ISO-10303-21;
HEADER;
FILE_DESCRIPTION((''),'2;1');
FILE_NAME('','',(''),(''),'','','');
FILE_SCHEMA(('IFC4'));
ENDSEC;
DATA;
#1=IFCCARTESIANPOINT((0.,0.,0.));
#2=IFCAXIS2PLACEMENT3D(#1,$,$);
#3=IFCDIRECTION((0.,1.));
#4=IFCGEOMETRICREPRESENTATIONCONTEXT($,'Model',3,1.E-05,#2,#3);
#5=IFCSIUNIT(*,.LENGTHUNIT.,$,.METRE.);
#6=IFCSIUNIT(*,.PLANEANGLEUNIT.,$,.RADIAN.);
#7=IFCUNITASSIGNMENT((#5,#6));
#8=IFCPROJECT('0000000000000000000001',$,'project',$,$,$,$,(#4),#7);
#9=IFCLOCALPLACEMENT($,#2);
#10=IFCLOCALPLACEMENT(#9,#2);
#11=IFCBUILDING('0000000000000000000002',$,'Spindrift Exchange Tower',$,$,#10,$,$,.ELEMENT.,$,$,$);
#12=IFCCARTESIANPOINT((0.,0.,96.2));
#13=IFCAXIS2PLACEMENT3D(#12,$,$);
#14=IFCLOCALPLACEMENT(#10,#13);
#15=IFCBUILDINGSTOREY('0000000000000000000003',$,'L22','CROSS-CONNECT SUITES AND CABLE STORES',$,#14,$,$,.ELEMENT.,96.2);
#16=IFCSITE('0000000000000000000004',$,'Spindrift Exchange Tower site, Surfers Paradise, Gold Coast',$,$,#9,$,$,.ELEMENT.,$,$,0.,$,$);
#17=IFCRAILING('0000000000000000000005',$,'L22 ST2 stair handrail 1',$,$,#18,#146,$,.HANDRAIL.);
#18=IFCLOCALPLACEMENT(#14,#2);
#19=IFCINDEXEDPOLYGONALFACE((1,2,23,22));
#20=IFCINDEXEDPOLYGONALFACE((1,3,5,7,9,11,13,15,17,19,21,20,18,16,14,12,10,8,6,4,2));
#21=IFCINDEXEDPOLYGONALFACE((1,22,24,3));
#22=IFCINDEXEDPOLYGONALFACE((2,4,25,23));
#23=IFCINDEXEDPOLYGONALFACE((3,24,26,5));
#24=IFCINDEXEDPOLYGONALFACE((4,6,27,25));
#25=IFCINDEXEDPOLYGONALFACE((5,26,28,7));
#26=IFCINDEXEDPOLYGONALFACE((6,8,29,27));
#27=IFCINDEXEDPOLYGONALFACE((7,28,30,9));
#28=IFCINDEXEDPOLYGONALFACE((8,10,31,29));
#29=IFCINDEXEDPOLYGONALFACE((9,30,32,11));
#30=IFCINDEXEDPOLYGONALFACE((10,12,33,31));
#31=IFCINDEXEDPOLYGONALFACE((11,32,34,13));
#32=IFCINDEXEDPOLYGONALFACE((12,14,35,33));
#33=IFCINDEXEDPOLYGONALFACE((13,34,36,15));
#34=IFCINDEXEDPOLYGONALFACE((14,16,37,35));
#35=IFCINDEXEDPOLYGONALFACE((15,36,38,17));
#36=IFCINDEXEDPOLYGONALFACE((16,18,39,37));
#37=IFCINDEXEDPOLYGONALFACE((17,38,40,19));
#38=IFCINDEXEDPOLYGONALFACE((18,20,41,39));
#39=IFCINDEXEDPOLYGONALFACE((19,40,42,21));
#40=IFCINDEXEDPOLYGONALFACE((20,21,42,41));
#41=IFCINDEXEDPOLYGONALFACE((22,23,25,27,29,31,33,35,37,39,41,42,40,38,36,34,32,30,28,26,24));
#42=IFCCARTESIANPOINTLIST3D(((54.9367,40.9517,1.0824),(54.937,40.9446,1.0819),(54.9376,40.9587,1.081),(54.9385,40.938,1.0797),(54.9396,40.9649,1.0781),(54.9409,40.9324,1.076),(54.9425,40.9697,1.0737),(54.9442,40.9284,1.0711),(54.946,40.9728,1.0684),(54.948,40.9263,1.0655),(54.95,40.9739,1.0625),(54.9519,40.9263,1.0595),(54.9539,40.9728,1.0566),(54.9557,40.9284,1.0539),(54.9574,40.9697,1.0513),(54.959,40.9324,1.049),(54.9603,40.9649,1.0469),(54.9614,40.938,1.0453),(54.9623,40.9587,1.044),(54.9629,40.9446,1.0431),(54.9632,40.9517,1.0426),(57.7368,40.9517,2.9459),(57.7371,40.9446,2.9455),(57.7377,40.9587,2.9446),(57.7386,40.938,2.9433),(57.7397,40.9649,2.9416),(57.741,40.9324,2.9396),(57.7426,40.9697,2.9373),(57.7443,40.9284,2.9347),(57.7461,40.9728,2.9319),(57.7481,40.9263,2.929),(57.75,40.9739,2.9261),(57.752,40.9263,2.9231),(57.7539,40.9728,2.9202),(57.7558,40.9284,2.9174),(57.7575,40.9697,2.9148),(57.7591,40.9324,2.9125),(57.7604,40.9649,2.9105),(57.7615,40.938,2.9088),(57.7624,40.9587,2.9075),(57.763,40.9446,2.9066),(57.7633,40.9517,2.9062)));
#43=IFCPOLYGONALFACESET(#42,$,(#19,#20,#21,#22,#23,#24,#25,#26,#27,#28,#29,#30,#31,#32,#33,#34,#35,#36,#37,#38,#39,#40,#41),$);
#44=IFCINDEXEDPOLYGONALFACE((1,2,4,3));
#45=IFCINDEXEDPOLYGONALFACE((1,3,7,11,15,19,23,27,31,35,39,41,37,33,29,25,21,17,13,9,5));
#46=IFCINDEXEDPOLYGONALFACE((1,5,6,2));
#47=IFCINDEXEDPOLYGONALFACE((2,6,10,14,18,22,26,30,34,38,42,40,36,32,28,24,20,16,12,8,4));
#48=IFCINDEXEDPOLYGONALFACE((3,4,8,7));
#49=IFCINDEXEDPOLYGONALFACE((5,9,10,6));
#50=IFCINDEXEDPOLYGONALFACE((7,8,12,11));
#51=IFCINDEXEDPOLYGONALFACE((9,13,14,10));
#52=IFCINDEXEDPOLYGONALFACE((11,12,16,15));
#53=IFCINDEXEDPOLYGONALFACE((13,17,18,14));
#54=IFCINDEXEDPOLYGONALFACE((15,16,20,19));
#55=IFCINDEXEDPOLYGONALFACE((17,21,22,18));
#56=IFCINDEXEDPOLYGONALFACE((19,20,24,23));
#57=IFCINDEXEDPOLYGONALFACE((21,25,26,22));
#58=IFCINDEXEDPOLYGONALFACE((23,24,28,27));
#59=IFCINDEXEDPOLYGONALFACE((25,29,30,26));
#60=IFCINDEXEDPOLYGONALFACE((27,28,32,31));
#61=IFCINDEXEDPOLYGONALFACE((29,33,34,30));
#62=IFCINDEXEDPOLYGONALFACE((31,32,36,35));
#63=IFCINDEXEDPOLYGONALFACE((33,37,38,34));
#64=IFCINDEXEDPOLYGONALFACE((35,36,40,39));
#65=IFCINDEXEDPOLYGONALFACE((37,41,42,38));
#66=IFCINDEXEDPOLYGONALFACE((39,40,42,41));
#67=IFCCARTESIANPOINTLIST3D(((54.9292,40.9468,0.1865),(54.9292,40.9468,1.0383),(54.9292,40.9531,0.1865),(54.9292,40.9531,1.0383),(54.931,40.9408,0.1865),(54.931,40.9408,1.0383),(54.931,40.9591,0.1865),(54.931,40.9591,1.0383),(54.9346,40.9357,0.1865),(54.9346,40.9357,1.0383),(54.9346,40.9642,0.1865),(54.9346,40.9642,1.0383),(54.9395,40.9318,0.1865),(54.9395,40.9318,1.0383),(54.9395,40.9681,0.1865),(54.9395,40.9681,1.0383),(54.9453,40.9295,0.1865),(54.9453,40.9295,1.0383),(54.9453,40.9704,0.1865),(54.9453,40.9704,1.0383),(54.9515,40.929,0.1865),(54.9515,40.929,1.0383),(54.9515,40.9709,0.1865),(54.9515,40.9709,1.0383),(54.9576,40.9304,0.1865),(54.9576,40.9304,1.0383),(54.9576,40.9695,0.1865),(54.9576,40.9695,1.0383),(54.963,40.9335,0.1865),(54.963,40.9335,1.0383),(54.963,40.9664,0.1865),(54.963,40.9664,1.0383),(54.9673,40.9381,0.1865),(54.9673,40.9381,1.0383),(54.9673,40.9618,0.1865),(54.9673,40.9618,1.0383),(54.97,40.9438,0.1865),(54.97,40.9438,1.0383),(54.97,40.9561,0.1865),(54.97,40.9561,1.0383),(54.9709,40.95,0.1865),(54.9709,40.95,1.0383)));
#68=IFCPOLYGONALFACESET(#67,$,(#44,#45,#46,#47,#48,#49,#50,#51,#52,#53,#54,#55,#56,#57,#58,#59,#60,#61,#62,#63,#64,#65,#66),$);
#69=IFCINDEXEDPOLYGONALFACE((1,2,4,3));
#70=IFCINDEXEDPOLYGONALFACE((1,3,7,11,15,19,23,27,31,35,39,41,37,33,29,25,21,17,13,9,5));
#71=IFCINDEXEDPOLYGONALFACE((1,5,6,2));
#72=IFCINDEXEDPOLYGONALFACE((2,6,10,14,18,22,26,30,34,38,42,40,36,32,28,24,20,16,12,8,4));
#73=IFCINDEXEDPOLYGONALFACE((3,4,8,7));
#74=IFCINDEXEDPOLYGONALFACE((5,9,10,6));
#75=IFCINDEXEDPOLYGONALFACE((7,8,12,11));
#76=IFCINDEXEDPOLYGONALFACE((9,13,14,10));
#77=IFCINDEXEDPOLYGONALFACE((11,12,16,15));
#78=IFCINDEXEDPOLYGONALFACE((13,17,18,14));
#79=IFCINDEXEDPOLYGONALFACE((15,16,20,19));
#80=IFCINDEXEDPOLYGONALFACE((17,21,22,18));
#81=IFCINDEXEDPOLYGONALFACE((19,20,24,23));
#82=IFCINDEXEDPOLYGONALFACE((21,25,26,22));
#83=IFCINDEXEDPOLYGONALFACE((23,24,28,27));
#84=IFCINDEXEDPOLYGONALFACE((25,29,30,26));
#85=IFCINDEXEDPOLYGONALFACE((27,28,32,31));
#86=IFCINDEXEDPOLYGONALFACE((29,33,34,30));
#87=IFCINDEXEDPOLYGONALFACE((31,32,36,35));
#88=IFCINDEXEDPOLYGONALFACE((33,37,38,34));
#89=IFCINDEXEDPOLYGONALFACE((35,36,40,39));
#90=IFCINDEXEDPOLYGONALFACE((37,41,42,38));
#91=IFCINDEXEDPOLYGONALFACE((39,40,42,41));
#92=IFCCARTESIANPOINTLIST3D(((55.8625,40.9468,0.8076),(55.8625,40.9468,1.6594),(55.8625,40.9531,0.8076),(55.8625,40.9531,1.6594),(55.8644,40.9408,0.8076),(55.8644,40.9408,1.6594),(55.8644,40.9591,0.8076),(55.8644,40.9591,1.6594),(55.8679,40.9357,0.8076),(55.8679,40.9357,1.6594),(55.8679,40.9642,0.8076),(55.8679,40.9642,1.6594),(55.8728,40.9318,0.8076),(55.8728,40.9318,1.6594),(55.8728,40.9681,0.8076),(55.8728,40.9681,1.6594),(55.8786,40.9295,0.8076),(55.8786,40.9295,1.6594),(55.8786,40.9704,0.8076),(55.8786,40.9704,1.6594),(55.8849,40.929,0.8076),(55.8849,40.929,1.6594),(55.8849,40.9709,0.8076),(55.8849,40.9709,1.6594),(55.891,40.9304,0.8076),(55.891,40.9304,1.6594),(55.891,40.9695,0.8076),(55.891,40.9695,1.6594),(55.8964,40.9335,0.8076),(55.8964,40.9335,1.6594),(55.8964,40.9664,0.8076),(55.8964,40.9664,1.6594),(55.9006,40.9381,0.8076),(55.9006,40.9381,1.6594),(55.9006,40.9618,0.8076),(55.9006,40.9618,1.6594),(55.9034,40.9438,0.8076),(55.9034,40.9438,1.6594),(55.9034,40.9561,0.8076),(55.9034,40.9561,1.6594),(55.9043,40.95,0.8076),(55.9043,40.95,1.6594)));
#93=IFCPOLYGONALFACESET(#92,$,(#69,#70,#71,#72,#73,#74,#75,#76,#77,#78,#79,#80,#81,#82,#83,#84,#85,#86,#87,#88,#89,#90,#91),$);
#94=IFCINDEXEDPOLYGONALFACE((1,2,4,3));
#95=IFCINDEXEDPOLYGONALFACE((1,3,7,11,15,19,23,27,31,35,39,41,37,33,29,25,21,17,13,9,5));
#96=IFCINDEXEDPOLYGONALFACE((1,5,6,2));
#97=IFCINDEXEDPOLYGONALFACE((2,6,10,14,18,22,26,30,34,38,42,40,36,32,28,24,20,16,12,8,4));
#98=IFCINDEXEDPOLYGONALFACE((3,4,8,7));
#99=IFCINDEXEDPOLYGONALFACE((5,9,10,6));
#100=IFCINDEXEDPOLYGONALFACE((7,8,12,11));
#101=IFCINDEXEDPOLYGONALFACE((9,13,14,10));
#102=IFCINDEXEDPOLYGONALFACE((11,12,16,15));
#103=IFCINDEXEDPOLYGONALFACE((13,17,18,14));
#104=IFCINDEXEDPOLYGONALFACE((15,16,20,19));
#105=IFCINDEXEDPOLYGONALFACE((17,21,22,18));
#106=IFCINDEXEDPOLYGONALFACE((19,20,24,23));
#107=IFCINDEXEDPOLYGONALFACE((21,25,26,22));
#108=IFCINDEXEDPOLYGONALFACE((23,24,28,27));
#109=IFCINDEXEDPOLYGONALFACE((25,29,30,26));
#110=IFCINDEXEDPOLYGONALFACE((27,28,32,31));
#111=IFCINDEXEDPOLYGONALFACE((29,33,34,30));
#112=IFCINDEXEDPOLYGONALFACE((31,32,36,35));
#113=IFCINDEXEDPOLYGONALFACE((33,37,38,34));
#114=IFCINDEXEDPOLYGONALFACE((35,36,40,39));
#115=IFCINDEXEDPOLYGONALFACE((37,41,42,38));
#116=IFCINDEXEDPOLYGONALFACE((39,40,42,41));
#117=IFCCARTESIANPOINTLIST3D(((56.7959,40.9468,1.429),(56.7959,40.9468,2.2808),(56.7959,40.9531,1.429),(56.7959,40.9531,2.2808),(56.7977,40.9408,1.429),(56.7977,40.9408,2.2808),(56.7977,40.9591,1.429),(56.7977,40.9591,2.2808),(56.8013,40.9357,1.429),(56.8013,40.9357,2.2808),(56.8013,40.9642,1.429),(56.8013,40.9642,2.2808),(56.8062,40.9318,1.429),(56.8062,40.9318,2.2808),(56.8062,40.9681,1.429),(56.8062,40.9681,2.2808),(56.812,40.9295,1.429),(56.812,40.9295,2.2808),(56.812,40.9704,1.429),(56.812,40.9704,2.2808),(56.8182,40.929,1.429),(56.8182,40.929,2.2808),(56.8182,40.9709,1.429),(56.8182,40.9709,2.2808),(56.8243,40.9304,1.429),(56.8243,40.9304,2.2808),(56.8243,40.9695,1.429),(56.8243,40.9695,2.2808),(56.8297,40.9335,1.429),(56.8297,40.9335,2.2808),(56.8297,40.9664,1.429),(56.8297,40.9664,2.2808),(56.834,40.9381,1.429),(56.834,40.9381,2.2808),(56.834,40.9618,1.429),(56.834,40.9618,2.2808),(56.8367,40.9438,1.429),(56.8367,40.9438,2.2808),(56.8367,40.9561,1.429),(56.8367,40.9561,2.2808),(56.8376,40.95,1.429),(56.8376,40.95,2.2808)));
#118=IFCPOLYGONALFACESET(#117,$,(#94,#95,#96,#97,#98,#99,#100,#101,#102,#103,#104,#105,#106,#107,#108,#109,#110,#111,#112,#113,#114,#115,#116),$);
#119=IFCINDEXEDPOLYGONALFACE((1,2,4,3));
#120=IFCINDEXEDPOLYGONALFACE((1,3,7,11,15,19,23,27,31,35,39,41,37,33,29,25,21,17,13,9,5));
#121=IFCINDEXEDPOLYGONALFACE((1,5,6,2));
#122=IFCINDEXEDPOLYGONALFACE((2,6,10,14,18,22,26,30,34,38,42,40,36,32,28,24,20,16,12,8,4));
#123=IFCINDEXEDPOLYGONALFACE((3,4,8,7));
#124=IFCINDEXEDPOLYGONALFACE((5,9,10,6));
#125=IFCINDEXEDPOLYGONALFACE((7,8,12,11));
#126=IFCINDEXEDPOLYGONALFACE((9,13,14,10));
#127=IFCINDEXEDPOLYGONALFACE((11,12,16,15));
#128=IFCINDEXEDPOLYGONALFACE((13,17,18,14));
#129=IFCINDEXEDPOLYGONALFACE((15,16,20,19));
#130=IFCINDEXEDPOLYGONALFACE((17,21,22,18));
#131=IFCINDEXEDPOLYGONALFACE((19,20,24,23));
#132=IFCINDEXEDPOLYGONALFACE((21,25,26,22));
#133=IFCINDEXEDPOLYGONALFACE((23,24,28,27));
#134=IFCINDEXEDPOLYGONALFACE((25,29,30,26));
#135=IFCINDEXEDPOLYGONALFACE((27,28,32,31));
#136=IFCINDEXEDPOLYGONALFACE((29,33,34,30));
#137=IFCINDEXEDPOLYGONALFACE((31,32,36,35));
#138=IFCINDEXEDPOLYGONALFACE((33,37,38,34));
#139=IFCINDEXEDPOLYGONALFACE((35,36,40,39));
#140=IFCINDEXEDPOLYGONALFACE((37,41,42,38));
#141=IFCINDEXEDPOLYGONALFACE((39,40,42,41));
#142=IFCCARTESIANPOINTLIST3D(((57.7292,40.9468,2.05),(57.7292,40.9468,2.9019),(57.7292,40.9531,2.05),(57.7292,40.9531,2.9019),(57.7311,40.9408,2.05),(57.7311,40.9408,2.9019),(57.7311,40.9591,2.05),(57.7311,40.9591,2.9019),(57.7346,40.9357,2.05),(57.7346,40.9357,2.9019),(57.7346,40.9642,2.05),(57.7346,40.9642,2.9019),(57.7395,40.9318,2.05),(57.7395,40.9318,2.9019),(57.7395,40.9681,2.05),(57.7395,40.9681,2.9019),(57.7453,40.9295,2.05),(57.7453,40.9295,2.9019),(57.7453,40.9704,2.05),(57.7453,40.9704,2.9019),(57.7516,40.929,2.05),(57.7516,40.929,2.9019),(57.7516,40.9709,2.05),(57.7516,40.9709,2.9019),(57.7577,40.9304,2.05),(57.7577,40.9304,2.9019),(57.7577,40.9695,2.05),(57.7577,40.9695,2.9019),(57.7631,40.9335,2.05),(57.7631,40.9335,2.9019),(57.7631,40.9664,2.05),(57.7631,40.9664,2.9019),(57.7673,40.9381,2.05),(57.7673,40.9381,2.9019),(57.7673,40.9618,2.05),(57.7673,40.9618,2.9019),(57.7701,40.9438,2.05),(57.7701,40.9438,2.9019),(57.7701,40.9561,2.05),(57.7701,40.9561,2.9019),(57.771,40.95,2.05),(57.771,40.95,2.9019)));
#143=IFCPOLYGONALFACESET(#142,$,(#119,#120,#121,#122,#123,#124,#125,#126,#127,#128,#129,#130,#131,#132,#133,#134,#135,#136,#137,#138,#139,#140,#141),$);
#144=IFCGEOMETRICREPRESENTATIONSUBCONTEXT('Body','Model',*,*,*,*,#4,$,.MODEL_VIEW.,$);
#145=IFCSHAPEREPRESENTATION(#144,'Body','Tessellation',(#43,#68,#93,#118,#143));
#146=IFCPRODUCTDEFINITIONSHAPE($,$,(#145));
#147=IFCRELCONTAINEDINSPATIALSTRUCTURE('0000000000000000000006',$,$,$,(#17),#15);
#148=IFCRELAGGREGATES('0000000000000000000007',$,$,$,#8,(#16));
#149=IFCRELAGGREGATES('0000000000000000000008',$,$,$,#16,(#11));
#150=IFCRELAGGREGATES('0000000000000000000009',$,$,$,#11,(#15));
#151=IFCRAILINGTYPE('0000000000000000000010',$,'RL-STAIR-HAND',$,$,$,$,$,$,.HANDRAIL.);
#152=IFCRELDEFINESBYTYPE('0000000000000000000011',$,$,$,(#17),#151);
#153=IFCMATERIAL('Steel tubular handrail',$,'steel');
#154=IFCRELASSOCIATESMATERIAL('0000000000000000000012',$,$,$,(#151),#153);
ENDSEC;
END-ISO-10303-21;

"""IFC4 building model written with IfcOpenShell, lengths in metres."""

from ifc_helpers import new_model, si_unit, direction, frame, origin, origin_2d, place, context, subcontext, project, spatial, circle, extrude, material, type_object, element, save


model = new_model("IFC4")

# Units and contexts
model_context = context("Model", 3, precision=1e-05, world=origin(), true_north=direction((0.0, 1.0)))
body_context = subcontext(model_context, "Body", "Model", "MODEL_VIEW")
ifc_project = project(units=[si_unit("LENGTHUNIT", "METRE"), si_unit("PLANEANGLEUNIT", "RADIAN")], contexts=[model_context])

# Site, building, storey
site_placement = place(None, origin())
site = spatial("IfcSite", under=ifc_project, at=site_placement, Name="Spindrift Exchange Tower site, Surfers Paradise, Gold Coast", CompositionType="ELEMENT", RefElevation=0.0)
building_placement = place(site_placement, origin())
building = spatial("IfcBuilding", under=site, at=building_placement, Name="Spindrift Exchange Tower", CompositionType="ELEMENT")
storey_placement = place(building_placement, frame((0.0, 0.0, 96.2)))
storey = spatial("IfcBuildingStorey", under=building, at=storey_placement, Name="L22", Description="CROSS-CONNECT SUITES AND CABLE STORES", CompositionType="ELEMENT", Elevation=96.2)

# Railing
ifc_material_1 = material(Name="Steel tubular handrail", Category="steel")
railing_type_1 = type_object("IfcRailingType", Name="RL-STAIR-HAND", PredefinedType="HANDRAIL", material=ifc_material_1)
railing_1_placement = place(storey_placement, frame((54.95, 40.95, 0.1865)))
element("IfcRailing", 1, at=railing_1_placement, inside=storey, type_object=railing_type_1, Name="L22 ST2 stair handrail 1", PredefinedType="HANDRAIL", context=body_context, shape_type="SweptSolid", body=[
    extrude(circle(Radius=0.0239, at=origin_2d()), frame((0.0, 0.0, 0.876), z_axis=(0.832486, 0.0, 0.554047), x_axis=(0.0, 1.0, 0.0)), (0.0, 0.0, 1.0), 3.3635),
    extrude(circle(Radius=0.021, at=origin_2d()), origin(), (0.0, 0.0, 1.0), 0.8518),
    extrude(circle(Radius=0.021, at=origin_2d()), frame((0.9333, 0.0, 0.6211)), (0.0, 0.0, 1.0), 0.8518),
    extrude(circle(Radius=0.021, at=origin_2d()), frame((1.8667, 0.0, 1.2424)), (0.0, 0.0, 1.0), 0.8518),
    extrude(circle(Radius=0.021, at=origin_2d()), frame((2.8, 0.0, 1.8635)), (0.0, 0.0, 1.0), 0.8518),
])

save(model, "model.ifc")
